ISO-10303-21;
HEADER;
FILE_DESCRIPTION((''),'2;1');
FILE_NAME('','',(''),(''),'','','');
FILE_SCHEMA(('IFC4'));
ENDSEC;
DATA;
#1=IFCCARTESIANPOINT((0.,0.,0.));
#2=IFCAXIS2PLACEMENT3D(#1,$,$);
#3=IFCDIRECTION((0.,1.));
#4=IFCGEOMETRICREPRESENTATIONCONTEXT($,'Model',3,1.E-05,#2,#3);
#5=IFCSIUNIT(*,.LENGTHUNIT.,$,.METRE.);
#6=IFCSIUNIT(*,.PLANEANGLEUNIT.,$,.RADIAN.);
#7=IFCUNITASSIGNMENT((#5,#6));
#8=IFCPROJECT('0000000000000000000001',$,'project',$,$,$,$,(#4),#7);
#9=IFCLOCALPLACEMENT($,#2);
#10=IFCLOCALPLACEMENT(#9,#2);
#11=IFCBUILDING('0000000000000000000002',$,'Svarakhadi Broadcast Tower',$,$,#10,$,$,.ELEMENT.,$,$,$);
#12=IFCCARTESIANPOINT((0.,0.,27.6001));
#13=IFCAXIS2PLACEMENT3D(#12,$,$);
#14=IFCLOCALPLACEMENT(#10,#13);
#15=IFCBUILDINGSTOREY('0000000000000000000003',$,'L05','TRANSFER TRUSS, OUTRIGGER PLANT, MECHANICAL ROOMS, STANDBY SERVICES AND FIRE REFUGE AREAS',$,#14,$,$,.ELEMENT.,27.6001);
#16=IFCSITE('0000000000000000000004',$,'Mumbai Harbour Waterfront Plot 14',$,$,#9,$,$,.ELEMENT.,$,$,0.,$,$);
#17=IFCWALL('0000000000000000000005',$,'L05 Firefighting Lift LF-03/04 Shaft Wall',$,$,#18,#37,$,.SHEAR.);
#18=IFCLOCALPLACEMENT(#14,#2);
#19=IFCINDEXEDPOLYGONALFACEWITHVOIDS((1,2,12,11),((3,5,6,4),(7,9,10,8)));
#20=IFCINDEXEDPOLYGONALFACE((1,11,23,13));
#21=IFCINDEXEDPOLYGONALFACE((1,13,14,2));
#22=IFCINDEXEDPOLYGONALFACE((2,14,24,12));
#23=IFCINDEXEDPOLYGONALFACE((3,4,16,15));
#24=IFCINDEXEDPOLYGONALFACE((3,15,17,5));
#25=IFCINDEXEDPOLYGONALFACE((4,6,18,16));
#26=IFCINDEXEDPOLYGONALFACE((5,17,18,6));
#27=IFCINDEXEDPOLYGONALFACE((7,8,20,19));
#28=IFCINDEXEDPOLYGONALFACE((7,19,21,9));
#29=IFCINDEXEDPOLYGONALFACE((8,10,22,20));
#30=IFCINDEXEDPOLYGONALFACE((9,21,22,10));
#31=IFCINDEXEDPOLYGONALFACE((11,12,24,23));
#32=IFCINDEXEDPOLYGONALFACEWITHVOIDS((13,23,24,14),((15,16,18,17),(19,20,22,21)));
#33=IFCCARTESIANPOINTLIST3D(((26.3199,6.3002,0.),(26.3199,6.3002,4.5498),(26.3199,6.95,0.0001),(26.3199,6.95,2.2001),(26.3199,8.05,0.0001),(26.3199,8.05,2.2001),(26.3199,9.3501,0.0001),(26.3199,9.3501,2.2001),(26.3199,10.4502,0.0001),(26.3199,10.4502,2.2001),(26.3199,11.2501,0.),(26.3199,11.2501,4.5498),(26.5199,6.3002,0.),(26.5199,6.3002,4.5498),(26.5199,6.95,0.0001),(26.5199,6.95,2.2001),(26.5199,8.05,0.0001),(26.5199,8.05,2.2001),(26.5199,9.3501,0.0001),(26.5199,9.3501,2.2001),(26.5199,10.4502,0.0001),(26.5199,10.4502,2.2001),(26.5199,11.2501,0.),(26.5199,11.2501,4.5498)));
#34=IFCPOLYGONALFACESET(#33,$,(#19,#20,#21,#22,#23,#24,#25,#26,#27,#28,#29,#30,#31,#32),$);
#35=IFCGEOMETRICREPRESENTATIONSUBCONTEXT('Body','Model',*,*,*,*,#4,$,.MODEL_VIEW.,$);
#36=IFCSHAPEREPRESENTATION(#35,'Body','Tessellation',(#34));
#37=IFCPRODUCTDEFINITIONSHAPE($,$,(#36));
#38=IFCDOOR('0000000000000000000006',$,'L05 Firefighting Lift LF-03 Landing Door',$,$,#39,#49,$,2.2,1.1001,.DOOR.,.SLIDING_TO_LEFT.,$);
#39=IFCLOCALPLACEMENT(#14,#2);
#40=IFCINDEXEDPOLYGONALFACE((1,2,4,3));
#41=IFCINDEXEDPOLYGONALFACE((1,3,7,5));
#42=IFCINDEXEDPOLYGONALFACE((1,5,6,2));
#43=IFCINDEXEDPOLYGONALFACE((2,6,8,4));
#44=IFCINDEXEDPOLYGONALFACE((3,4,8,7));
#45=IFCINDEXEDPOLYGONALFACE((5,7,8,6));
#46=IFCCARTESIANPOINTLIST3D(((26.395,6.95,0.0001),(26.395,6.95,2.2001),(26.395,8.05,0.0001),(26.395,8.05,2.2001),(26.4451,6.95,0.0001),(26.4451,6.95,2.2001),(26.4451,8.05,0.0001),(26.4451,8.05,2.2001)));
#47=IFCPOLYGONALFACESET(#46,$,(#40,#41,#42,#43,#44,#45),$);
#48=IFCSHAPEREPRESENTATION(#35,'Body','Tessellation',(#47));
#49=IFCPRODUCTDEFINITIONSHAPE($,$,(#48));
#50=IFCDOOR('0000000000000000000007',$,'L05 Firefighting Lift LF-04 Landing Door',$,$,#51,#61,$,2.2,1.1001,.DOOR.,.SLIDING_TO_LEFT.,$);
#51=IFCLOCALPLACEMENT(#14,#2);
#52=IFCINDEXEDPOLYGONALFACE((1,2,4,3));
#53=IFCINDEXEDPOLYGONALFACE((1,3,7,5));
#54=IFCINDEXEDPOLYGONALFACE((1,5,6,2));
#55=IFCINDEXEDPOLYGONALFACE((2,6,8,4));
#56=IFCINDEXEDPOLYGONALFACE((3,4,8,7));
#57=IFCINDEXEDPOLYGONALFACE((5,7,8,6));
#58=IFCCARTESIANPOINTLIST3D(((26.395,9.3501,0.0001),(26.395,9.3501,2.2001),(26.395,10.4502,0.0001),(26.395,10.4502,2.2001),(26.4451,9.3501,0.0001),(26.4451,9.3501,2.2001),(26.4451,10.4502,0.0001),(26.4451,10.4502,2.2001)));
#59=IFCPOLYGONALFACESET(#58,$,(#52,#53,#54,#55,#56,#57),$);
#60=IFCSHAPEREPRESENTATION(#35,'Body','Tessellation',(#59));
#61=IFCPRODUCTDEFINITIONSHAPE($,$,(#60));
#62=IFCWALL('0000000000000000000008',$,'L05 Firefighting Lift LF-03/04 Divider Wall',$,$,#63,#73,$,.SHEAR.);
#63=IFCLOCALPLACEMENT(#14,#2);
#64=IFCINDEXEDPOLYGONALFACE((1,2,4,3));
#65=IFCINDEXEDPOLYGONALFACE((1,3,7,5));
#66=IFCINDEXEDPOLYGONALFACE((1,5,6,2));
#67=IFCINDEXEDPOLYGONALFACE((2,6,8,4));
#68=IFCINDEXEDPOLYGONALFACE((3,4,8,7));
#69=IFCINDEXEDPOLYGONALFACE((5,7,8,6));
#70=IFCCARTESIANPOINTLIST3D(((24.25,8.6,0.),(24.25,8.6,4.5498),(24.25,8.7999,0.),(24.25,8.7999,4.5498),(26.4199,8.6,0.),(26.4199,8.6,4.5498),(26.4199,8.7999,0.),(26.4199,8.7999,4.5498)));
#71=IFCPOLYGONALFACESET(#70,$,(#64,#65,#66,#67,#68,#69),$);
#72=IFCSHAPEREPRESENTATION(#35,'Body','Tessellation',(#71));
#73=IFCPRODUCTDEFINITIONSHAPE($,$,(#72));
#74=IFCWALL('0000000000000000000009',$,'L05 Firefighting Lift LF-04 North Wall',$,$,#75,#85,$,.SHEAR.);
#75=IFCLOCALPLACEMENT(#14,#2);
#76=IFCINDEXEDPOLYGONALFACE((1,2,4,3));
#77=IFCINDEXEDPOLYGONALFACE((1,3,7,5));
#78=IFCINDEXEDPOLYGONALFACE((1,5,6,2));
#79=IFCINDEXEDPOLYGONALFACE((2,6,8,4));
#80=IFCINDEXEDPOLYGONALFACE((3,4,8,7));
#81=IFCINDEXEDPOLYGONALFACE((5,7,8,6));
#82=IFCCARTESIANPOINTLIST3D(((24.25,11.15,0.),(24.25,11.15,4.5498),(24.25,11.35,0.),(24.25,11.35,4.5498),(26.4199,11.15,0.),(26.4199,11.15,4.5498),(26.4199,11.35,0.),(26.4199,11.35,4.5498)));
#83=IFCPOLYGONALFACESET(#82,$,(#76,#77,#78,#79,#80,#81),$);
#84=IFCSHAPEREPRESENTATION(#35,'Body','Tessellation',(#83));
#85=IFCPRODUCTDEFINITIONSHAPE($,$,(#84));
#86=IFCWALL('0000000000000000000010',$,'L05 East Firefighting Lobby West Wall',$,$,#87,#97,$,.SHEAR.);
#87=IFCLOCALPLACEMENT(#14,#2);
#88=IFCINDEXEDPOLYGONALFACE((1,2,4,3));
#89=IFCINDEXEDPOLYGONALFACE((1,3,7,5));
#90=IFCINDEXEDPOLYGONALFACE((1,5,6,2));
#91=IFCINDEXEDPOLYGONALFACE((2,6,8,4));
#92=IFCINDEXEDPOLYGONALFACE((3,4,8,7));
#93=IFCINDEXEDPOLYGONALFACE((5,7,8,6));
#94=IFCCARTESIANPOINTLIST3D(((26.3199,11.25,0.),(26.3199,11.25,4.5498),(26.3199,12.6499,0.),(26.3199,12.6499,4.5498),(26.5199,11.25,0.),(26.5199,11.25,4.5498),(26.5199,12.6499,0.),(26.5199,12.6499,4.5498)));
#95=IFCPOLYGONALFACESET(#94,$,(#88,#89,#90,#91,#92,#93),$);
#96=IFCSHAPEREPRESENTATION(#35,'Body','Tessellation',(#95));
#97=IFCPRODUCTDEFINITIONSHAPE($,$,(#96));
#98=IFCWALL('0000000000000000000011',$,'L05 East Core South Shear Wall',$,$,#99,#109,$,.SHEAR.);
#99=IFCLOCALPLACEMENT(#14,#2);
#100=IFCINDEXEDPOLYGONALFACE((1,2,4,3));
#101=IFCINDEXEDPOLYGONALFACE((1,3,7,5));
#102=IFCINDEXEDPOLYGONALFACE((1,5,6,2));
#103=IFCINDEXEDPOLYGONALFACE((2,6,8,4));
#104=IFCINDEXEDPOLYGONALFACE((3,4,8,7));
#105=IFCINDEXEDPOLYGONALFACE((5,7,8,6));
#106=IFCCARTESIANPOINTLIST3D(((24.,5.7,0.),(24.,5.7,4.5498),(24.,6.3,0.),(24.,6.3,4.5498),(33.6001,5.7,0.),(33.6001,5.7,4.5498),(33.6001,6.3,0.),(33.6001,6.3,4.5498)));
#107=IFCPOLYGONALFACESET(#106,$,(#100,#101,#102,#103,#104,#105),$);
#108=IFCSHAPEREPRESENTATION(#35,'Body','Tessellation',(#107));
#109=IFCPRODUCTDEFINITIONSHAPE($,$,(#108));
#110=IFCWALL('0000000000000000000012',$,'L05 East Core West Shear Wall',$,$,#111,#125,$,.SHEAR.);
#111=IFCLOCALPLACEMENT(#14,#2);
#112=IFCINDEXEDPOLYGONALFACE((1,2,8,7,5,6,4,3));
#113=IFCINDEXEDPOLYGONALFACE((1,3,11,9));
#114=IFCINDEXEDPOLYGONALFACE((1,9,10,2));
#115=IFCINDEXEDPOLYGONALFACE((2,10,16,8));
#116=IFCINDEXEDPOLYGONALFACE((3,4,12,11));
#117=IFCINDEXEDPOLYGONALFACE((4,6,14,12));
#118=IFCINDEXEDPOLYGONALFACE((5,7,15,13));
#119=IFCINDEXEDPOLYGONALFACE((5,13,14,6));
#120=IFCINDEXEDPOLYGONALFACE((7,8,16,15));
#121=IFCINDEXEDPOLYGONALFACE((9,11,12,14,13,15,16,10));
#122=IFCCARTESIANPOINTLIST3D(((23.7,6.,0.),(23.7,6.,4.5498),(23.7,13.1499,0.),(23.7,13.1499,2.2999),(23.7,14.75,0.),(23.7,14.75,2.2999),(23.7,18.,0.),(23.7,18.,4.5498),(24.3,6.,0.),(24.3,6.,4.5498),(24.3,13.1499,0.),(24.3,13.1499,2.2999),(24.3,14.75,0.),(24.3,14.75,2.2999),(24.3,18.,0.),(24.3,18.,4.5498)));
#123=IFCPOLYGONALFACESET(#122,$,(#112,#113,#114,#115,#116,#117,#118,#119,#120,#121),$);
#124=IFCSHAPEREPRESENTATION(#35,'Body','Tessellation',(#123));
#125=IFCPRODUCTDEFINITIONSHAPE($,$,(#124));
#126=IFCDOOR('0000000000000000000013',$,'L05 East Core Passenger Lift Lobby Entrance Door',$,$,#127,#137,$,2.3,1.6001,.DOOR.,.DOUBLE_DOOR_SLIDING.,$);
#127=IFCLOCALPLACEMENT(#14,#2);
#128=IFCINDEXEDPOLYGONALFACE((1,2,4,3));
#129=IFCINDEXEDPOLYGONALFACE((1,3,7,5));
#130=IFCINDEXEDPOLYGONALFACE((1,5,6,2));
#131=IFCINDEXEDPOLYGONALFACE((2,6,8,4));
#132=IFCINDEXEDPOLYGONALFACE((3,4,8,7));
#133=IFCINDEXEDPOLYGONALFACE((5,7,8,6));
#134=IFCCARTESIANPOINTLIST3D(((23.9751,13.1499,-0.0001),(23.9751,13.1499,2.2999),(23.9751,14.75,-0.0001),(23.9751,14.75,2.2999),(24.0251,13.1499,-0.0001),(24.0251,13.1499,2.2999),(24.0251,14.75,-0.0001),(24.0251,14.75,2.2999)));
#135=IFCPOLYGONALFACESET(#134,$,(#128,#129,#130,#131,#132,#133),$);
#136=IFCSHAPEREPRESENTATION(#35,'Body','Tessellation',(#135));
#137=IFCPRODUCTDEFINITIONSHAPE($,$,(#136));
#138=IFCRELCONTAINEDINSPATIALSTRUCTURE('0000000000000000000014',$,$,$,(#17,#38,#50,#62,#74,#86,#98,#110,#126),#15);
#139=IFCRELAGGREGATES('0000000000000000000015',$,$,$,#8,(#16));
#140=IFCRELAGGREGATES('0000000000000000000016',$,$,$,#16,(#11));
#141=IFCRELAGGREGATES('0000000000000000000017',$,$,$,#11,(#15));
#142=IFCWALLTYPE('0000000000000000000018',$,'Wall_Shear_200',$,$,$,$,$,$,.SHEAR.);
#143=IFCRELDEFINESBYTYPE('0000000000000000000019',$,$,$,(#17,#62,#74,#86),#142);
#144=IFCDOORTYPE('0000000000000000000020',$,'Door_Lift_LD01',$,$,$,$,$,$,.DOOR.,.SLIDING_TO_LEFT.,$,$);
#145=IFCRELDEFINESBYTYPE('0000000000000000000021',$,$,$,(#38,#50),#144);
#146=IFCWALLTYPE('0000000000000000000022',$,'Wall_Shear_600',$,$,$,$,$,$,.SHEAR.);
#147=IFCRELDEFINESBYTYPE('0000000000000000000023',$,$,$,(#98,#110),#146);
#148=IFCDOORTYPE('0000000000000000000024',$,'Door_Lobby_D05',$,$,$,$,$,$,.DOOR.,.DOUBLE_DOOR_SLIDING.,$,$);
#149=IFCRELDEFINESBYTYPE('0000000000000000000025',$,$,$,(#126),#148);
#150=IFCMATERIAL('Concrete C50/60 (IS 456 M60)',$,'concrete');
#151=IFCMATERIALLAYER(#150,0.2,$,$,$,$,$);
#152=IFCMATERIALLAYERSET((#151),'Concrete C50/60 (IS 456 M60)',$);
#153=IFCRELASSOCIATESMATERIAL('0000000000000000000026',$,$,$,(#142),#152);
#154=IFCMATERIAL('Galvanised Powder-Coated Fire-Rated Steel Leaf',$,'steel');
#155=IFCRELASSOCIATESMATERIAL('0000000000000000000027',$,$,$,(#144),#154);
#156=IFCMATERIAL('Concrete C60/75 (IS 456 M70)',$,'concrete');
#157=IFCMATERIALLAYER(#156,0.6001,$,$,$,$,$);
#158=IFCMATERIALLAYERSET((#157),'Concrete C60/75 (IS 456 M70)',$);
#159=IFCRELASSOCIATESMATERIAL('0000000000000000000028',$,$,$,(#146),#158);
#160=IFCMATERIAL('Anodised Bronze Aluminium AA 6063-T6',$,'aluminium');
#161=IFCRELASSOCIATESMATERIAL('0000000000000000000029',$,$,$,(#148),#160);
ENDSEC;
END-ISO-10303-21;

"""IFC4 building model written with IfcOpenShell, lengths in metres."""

from ifc_helpers import new_model, si_unit, direction, frame, frame_2d, origin, place, context, subcontext, project, spatial, rectangle, extrude, material, layer, layer_set, type_object, element, fill, save


model = new_model("IFC4")

# Units and contexts
model_context = context("Model", 3, precision=1e-05, world=origin(), true_north=direction((0.0, 1.0)))
body_context = subcontext(model_context, "Body", "Model", "MODEL_VIEW")
ifc_project = project(units=[si_unit("LENGTHUNIT", "METRE"), si_unit("PLANEANGLEUNIT", "RADIAN")], contexts=[model_context])

# Site, building, storey
site_placement = place(None, origin())
site = spatial("IfcSite", under=ifc_project, at=site_placement, Name="Mumbai Harbour Waterfront Plot 14", CompositionType="ELEMENT", RefElevation=0.0)
building_placement = place(site_placement, origin())
building = spatial("IfcBuilding", under=site, at=building_placement, Name="Svarakhadi Broadcast Tower", CompositionType="ELEMENT")
storey_placement = place(building_placement, frame((0.0, 0.0, 27.6001)))
storey = spatial("IfcBuildingStorey", under=building, at=storey_placement, Name="L05", Description="TRANSFER TRUSS, OUTRIGGER PLANT, MECHANICAL ROOMS, STANDBY SERVICES AND FIRE REFUGE AREAS", CompositionType="ELEMENT", Elevation=27.6001)

# Shared definitions
ifc_material_1 = material(Name="Concrete C60/75 (IS 456 M70)", Category="concrete")

# Shared definitions
ifc_material_2 = material(Name="Anodised Bronze Aluminium AA 6063-T6", Category="aluminium")

# Shared definitions
ifc_material_3 = material(Name="Galvanised Powder-Coated Fire-Rated Steel Leaf", Category="steel")

# Wall, openings, doors
ifc_material_4 = material(Name="Concrete C50/60 (IS 456 M60)", Category="concrete")
ifc_layer_1 = layer(ifc_material_4, 0.2)
ifc_layer_set_1 = layer_set([ifc_layer_1], Name="Concrete C50/60 (IS 456 M60)")
wall_type_1 = type_object("IfcWallType", Name="Wall_Shear_200", PredefinedType="SHEAR", material=ifc_layer_set_1)
wall_1_placement = place(storey_placement, frame((26.4199, 6.3, 0.0), z_axis=(0.0, 0.0, 1.0), x_axis=(0.0, 1.0, 0.0)))
wall_1 = element("IfcWall", 1, at=wall_1_placement, inside=storey, type_object=wall_type_1, Name="L05 Firefighting Lift LF-03/04 Shaft Wall", PredefinedType="SHEAR", context=body_context, shape_type="SweptSolid", body=[
    extrude(rectangle(XDim=4.95, YDim=0.2, at=frame_2d((2.4751, 0.0))), origin(), (0.0, 0.0, 1.0), 4.5498),
])
opening_1_placement = place(wall_1_placement, frame((0.6499, 0.0, 0.0)))
opening_1 = element("IfcOpeningElement", 2, at=opening_1_placement, cuts=wall_1, PredefinedType="OPENING", context=body_context, shape_type="SweptSolid", body=[
    extrude(rectangle(XDim=1.1001, YDim=2.2, at=frame_2d((0.55, 1.1001))), frame((0.0, 0.1099, 0.0), z_axis=(0.0, -1.0, 0.0), x_axis=(1.0, 0.0, 0.0)), (0.0, 0.0, 1.0), 0.22),
])
opening_2_placement = place(wall_1_placement, frame((3.05, 0.0, 0.0)))
opening_2 = element("IfcOpeningElement", 3, at=opening_2_placement, cuts=wall_1, PredefinedType="OPENING", context=body_context, shape_type="SweptSolid", body=[
    extrude(rectangle(XDim=1.1001, YDim=2.2, at=frame_2d((0.55, 1.1001))), frame((0.0, 0.1099, 0.0), z_axis=(0.0, -1.0, 0.0), x_axis=(1.0, 0.0, 0.0)), (0.0, 0.0, 1.0), 0.22),
])
door_type_1 = type_object("IfcDoorType", Name="Door_Lift_LD01", OperationType="SLIDING_TO_LEFT", PredefinedType="DOOR", material=ifc_material_3)
door_1_placement = place(opening_1_placement, origin())
door_1 = element("IfcDoor", 4, at=door_1_placement, inside=storey, type_object=door_type_1, Name="L05 Firefighting Lift LF-03 Landing Door", OperationType="SLIDING_TO_LEFT", OverallHeight=2.2, OverallWidth=1.1001, PredefinedType="DOOR", context=body_context, shape_type="SweptSolid", body=[
    extrude(rectangle(XDim=1.1001, YDim=2.2, at=frame_2d((0.55, 1.1001))), frame((0.0, 0.0249, 0.0), z_axis=(0.0, -1.0, 0.0), x_axis=(1.0, 0.0, 0.0)), (0.0, 0.0, 1.0), 0.05),
])
fill(opening_1, door_1)
door_2_placement = place(opening_2_placement, origin())
door_2 = element("IfcDoor", 5, at=door_2_placement, inside=storey, type_object=door_type_1, Name="L05 Firefighting Lift LF-04 Landing Door", OperationType="SLIDING_TO_LEFT", OverallHeight=2.2, OverallWidth=1.1001, PredefinedType="DOOR", context=body_context, shape_type="SweptSolid", body=[
    extrude(rectangle(XDim=1.1001, YDim=2.2, at=frame_2d((0.55, 1.1001))), frame((0.0, 0.0249, 0.0), z_axis=(0.0, -1.0, 0.0), x_axis=(1.0, 0.0, 0.0)), (0.0, 0.0, 1.0), 0.05),
])
fill(opening_2, door_2)

# Walls
for number, where, z_axis, x_axis, name in (
    (6, (24.25, 8.7, 0.0), (0.0, 0.0, 1.0), (1.0, 0.0, 0.0), "L05 Firefighting Lift LF-03/04 Divider Wall"),
    (7, (24.25, 11.25, 0.0), (0.0, 0.0, 1.0), (1.0, 0.0, 0.0), "L05 Firefighting Lift LF-04 North Wall"),
):
    element("IfcWall", number, at=place(storey_placement, frame(where, z_axis=z_axis, x_axis=x_axis)), inside=storey, type_object=wall_type_1, Name=name, PredefinedType="SHEAR", context=body_context, shape_type="SweptSolid", body=[
        extrude(rectangle(XDim=2.1699, YDim=0.2, at=frame_2d((1.085, 0.0))), origin(), (0.0, 0.0, 1.0), 4.5498),
    ])
wall_2_placement = place(storey_placement, frame((26.4199, 11.25, 0.0), z_axis=(0.0, 0.0, 1.0), x_axis=(0.0, 1.0, 0.0)))
element("IfcWall", 8, at=wall_2_placement, inside=storey, type_object=wall_type_1, Name="L05 East Firefighting Lobby West Wall", PredefinedType="SHEAR", context=body_context, shape_type="SweptSolid", body=[
    extrude(rectangle(XDim=1.3999, YDim=0.2, at=frame_2d((0.7, 0.0))), origin(), (0.0, 0.0, 1.0), 4.5498),
])
ifc_layer_2 = layer(ifc_material_1, 0.6001)
ifc_layer_set_2 = layer_set([ifc_layer_2], Name="Concrete C60/75 (IS 456 M70)")
wall_type_2 = type_object("IfcWallType", Name="Wall_Shear_600", PredefinedType="SHEAR", material=ifc_layer_set_2)
wall_3_placement = place(storey_placement, frame((24.0, 6.0, 0.0), z_axis=(0.0, 0.0, 1.0), x_axis=(1.0, 0.0, 0.0)))
element("IfcWall", 9, at=wall_3_placement, inside=storey, type_object=wall_type_2, Name="L05 East Core South Shear Wall", PredefinedType="SHEAR", context=body_context, shape_type="SweptSolid", body=[
    extrude(rectangle(XDim=9.6001, YDim=0.6001, at=frame_2d((4.8, 0.0))), origin(), (0.0, 0.0, 1.0), 4.5498),
])

# Wall, opening, door
wall_4_placement = place(storey_placement, frame((24.0, 6.0, 0.0), z_axis=(0.0, 0.0, 1.0), x_axis=(0.0, 1.0, 0.0)))
wall_4 = element("IfcWall", 10, at=wall_4_placement, inside=storey, type_object=wall_type_2, Name="L05 East Core West Shear Wall", PredefinedType="SHEAR", context=body_context, shape_type="SweptSolid", body=[
    extrude(rectangle(XDim=12.0, YDim=0.6001, at=frame_2d((6.0, 0.0))), origin(), (0.0, 0.0, 1.0), 4.5498),
])
opening_3_placement = place(wall_4_placement, frame((7.1499, 0.0, 0.0)))
opening_3 = element("IfcOpeningElement", 11, at=opening_3_placement, cuts=wall_4, PredefinedType="OPENING", context=body_context, shape_type="SweptSolid", body=[
    extrude(rectangle(XDim=1.6001, YDim=2.3, at=frame_2d((0.8, 1.1499))), frame((0.0, 0.3101, 0.0), z_axis=(0.0, -1.0, 0.0), x_axis=(1.0, 0.0, 0.0)), (0.0, 0.0, 1.0), 0.6201),
])
door_type_2 = type_object("IfcDoorType", Name="Door_Lobby_D05", OperationType="DOUBLE_DOOR_SLIDING", PredefinedType="DOOR", material=ifc_material_2)
door_3_placement = place(opening_3_placement, origin())
door_3 = element("IfcDoor", 12, at=door_3_placement, inside=storey, type_object=door_type_2, Name="L05 East Core Passenger Lift Lobby Entrance Door", OperationType="DOUBLE_DOOR_SLIDING", OverallHeight=2.3, OverallWidth=1.6001, PredefinedType="DOOR", context=body_context, shape_type="SweptSolid", body=[
    extrude(rectangle(XDim=1.6001, YDim=2.3, at=frame_2d((0.8, 1.1499))), frame((0.0, 0.0249, 0.0), z_axis=(0.0, -1.0, 0.0), x_axis=(1.0, 0.0, 0.0)), (0.0, 0.0, 1.0), 0.05),
])
fill(opening_3, door_3)

save(model, "model.ifc")
